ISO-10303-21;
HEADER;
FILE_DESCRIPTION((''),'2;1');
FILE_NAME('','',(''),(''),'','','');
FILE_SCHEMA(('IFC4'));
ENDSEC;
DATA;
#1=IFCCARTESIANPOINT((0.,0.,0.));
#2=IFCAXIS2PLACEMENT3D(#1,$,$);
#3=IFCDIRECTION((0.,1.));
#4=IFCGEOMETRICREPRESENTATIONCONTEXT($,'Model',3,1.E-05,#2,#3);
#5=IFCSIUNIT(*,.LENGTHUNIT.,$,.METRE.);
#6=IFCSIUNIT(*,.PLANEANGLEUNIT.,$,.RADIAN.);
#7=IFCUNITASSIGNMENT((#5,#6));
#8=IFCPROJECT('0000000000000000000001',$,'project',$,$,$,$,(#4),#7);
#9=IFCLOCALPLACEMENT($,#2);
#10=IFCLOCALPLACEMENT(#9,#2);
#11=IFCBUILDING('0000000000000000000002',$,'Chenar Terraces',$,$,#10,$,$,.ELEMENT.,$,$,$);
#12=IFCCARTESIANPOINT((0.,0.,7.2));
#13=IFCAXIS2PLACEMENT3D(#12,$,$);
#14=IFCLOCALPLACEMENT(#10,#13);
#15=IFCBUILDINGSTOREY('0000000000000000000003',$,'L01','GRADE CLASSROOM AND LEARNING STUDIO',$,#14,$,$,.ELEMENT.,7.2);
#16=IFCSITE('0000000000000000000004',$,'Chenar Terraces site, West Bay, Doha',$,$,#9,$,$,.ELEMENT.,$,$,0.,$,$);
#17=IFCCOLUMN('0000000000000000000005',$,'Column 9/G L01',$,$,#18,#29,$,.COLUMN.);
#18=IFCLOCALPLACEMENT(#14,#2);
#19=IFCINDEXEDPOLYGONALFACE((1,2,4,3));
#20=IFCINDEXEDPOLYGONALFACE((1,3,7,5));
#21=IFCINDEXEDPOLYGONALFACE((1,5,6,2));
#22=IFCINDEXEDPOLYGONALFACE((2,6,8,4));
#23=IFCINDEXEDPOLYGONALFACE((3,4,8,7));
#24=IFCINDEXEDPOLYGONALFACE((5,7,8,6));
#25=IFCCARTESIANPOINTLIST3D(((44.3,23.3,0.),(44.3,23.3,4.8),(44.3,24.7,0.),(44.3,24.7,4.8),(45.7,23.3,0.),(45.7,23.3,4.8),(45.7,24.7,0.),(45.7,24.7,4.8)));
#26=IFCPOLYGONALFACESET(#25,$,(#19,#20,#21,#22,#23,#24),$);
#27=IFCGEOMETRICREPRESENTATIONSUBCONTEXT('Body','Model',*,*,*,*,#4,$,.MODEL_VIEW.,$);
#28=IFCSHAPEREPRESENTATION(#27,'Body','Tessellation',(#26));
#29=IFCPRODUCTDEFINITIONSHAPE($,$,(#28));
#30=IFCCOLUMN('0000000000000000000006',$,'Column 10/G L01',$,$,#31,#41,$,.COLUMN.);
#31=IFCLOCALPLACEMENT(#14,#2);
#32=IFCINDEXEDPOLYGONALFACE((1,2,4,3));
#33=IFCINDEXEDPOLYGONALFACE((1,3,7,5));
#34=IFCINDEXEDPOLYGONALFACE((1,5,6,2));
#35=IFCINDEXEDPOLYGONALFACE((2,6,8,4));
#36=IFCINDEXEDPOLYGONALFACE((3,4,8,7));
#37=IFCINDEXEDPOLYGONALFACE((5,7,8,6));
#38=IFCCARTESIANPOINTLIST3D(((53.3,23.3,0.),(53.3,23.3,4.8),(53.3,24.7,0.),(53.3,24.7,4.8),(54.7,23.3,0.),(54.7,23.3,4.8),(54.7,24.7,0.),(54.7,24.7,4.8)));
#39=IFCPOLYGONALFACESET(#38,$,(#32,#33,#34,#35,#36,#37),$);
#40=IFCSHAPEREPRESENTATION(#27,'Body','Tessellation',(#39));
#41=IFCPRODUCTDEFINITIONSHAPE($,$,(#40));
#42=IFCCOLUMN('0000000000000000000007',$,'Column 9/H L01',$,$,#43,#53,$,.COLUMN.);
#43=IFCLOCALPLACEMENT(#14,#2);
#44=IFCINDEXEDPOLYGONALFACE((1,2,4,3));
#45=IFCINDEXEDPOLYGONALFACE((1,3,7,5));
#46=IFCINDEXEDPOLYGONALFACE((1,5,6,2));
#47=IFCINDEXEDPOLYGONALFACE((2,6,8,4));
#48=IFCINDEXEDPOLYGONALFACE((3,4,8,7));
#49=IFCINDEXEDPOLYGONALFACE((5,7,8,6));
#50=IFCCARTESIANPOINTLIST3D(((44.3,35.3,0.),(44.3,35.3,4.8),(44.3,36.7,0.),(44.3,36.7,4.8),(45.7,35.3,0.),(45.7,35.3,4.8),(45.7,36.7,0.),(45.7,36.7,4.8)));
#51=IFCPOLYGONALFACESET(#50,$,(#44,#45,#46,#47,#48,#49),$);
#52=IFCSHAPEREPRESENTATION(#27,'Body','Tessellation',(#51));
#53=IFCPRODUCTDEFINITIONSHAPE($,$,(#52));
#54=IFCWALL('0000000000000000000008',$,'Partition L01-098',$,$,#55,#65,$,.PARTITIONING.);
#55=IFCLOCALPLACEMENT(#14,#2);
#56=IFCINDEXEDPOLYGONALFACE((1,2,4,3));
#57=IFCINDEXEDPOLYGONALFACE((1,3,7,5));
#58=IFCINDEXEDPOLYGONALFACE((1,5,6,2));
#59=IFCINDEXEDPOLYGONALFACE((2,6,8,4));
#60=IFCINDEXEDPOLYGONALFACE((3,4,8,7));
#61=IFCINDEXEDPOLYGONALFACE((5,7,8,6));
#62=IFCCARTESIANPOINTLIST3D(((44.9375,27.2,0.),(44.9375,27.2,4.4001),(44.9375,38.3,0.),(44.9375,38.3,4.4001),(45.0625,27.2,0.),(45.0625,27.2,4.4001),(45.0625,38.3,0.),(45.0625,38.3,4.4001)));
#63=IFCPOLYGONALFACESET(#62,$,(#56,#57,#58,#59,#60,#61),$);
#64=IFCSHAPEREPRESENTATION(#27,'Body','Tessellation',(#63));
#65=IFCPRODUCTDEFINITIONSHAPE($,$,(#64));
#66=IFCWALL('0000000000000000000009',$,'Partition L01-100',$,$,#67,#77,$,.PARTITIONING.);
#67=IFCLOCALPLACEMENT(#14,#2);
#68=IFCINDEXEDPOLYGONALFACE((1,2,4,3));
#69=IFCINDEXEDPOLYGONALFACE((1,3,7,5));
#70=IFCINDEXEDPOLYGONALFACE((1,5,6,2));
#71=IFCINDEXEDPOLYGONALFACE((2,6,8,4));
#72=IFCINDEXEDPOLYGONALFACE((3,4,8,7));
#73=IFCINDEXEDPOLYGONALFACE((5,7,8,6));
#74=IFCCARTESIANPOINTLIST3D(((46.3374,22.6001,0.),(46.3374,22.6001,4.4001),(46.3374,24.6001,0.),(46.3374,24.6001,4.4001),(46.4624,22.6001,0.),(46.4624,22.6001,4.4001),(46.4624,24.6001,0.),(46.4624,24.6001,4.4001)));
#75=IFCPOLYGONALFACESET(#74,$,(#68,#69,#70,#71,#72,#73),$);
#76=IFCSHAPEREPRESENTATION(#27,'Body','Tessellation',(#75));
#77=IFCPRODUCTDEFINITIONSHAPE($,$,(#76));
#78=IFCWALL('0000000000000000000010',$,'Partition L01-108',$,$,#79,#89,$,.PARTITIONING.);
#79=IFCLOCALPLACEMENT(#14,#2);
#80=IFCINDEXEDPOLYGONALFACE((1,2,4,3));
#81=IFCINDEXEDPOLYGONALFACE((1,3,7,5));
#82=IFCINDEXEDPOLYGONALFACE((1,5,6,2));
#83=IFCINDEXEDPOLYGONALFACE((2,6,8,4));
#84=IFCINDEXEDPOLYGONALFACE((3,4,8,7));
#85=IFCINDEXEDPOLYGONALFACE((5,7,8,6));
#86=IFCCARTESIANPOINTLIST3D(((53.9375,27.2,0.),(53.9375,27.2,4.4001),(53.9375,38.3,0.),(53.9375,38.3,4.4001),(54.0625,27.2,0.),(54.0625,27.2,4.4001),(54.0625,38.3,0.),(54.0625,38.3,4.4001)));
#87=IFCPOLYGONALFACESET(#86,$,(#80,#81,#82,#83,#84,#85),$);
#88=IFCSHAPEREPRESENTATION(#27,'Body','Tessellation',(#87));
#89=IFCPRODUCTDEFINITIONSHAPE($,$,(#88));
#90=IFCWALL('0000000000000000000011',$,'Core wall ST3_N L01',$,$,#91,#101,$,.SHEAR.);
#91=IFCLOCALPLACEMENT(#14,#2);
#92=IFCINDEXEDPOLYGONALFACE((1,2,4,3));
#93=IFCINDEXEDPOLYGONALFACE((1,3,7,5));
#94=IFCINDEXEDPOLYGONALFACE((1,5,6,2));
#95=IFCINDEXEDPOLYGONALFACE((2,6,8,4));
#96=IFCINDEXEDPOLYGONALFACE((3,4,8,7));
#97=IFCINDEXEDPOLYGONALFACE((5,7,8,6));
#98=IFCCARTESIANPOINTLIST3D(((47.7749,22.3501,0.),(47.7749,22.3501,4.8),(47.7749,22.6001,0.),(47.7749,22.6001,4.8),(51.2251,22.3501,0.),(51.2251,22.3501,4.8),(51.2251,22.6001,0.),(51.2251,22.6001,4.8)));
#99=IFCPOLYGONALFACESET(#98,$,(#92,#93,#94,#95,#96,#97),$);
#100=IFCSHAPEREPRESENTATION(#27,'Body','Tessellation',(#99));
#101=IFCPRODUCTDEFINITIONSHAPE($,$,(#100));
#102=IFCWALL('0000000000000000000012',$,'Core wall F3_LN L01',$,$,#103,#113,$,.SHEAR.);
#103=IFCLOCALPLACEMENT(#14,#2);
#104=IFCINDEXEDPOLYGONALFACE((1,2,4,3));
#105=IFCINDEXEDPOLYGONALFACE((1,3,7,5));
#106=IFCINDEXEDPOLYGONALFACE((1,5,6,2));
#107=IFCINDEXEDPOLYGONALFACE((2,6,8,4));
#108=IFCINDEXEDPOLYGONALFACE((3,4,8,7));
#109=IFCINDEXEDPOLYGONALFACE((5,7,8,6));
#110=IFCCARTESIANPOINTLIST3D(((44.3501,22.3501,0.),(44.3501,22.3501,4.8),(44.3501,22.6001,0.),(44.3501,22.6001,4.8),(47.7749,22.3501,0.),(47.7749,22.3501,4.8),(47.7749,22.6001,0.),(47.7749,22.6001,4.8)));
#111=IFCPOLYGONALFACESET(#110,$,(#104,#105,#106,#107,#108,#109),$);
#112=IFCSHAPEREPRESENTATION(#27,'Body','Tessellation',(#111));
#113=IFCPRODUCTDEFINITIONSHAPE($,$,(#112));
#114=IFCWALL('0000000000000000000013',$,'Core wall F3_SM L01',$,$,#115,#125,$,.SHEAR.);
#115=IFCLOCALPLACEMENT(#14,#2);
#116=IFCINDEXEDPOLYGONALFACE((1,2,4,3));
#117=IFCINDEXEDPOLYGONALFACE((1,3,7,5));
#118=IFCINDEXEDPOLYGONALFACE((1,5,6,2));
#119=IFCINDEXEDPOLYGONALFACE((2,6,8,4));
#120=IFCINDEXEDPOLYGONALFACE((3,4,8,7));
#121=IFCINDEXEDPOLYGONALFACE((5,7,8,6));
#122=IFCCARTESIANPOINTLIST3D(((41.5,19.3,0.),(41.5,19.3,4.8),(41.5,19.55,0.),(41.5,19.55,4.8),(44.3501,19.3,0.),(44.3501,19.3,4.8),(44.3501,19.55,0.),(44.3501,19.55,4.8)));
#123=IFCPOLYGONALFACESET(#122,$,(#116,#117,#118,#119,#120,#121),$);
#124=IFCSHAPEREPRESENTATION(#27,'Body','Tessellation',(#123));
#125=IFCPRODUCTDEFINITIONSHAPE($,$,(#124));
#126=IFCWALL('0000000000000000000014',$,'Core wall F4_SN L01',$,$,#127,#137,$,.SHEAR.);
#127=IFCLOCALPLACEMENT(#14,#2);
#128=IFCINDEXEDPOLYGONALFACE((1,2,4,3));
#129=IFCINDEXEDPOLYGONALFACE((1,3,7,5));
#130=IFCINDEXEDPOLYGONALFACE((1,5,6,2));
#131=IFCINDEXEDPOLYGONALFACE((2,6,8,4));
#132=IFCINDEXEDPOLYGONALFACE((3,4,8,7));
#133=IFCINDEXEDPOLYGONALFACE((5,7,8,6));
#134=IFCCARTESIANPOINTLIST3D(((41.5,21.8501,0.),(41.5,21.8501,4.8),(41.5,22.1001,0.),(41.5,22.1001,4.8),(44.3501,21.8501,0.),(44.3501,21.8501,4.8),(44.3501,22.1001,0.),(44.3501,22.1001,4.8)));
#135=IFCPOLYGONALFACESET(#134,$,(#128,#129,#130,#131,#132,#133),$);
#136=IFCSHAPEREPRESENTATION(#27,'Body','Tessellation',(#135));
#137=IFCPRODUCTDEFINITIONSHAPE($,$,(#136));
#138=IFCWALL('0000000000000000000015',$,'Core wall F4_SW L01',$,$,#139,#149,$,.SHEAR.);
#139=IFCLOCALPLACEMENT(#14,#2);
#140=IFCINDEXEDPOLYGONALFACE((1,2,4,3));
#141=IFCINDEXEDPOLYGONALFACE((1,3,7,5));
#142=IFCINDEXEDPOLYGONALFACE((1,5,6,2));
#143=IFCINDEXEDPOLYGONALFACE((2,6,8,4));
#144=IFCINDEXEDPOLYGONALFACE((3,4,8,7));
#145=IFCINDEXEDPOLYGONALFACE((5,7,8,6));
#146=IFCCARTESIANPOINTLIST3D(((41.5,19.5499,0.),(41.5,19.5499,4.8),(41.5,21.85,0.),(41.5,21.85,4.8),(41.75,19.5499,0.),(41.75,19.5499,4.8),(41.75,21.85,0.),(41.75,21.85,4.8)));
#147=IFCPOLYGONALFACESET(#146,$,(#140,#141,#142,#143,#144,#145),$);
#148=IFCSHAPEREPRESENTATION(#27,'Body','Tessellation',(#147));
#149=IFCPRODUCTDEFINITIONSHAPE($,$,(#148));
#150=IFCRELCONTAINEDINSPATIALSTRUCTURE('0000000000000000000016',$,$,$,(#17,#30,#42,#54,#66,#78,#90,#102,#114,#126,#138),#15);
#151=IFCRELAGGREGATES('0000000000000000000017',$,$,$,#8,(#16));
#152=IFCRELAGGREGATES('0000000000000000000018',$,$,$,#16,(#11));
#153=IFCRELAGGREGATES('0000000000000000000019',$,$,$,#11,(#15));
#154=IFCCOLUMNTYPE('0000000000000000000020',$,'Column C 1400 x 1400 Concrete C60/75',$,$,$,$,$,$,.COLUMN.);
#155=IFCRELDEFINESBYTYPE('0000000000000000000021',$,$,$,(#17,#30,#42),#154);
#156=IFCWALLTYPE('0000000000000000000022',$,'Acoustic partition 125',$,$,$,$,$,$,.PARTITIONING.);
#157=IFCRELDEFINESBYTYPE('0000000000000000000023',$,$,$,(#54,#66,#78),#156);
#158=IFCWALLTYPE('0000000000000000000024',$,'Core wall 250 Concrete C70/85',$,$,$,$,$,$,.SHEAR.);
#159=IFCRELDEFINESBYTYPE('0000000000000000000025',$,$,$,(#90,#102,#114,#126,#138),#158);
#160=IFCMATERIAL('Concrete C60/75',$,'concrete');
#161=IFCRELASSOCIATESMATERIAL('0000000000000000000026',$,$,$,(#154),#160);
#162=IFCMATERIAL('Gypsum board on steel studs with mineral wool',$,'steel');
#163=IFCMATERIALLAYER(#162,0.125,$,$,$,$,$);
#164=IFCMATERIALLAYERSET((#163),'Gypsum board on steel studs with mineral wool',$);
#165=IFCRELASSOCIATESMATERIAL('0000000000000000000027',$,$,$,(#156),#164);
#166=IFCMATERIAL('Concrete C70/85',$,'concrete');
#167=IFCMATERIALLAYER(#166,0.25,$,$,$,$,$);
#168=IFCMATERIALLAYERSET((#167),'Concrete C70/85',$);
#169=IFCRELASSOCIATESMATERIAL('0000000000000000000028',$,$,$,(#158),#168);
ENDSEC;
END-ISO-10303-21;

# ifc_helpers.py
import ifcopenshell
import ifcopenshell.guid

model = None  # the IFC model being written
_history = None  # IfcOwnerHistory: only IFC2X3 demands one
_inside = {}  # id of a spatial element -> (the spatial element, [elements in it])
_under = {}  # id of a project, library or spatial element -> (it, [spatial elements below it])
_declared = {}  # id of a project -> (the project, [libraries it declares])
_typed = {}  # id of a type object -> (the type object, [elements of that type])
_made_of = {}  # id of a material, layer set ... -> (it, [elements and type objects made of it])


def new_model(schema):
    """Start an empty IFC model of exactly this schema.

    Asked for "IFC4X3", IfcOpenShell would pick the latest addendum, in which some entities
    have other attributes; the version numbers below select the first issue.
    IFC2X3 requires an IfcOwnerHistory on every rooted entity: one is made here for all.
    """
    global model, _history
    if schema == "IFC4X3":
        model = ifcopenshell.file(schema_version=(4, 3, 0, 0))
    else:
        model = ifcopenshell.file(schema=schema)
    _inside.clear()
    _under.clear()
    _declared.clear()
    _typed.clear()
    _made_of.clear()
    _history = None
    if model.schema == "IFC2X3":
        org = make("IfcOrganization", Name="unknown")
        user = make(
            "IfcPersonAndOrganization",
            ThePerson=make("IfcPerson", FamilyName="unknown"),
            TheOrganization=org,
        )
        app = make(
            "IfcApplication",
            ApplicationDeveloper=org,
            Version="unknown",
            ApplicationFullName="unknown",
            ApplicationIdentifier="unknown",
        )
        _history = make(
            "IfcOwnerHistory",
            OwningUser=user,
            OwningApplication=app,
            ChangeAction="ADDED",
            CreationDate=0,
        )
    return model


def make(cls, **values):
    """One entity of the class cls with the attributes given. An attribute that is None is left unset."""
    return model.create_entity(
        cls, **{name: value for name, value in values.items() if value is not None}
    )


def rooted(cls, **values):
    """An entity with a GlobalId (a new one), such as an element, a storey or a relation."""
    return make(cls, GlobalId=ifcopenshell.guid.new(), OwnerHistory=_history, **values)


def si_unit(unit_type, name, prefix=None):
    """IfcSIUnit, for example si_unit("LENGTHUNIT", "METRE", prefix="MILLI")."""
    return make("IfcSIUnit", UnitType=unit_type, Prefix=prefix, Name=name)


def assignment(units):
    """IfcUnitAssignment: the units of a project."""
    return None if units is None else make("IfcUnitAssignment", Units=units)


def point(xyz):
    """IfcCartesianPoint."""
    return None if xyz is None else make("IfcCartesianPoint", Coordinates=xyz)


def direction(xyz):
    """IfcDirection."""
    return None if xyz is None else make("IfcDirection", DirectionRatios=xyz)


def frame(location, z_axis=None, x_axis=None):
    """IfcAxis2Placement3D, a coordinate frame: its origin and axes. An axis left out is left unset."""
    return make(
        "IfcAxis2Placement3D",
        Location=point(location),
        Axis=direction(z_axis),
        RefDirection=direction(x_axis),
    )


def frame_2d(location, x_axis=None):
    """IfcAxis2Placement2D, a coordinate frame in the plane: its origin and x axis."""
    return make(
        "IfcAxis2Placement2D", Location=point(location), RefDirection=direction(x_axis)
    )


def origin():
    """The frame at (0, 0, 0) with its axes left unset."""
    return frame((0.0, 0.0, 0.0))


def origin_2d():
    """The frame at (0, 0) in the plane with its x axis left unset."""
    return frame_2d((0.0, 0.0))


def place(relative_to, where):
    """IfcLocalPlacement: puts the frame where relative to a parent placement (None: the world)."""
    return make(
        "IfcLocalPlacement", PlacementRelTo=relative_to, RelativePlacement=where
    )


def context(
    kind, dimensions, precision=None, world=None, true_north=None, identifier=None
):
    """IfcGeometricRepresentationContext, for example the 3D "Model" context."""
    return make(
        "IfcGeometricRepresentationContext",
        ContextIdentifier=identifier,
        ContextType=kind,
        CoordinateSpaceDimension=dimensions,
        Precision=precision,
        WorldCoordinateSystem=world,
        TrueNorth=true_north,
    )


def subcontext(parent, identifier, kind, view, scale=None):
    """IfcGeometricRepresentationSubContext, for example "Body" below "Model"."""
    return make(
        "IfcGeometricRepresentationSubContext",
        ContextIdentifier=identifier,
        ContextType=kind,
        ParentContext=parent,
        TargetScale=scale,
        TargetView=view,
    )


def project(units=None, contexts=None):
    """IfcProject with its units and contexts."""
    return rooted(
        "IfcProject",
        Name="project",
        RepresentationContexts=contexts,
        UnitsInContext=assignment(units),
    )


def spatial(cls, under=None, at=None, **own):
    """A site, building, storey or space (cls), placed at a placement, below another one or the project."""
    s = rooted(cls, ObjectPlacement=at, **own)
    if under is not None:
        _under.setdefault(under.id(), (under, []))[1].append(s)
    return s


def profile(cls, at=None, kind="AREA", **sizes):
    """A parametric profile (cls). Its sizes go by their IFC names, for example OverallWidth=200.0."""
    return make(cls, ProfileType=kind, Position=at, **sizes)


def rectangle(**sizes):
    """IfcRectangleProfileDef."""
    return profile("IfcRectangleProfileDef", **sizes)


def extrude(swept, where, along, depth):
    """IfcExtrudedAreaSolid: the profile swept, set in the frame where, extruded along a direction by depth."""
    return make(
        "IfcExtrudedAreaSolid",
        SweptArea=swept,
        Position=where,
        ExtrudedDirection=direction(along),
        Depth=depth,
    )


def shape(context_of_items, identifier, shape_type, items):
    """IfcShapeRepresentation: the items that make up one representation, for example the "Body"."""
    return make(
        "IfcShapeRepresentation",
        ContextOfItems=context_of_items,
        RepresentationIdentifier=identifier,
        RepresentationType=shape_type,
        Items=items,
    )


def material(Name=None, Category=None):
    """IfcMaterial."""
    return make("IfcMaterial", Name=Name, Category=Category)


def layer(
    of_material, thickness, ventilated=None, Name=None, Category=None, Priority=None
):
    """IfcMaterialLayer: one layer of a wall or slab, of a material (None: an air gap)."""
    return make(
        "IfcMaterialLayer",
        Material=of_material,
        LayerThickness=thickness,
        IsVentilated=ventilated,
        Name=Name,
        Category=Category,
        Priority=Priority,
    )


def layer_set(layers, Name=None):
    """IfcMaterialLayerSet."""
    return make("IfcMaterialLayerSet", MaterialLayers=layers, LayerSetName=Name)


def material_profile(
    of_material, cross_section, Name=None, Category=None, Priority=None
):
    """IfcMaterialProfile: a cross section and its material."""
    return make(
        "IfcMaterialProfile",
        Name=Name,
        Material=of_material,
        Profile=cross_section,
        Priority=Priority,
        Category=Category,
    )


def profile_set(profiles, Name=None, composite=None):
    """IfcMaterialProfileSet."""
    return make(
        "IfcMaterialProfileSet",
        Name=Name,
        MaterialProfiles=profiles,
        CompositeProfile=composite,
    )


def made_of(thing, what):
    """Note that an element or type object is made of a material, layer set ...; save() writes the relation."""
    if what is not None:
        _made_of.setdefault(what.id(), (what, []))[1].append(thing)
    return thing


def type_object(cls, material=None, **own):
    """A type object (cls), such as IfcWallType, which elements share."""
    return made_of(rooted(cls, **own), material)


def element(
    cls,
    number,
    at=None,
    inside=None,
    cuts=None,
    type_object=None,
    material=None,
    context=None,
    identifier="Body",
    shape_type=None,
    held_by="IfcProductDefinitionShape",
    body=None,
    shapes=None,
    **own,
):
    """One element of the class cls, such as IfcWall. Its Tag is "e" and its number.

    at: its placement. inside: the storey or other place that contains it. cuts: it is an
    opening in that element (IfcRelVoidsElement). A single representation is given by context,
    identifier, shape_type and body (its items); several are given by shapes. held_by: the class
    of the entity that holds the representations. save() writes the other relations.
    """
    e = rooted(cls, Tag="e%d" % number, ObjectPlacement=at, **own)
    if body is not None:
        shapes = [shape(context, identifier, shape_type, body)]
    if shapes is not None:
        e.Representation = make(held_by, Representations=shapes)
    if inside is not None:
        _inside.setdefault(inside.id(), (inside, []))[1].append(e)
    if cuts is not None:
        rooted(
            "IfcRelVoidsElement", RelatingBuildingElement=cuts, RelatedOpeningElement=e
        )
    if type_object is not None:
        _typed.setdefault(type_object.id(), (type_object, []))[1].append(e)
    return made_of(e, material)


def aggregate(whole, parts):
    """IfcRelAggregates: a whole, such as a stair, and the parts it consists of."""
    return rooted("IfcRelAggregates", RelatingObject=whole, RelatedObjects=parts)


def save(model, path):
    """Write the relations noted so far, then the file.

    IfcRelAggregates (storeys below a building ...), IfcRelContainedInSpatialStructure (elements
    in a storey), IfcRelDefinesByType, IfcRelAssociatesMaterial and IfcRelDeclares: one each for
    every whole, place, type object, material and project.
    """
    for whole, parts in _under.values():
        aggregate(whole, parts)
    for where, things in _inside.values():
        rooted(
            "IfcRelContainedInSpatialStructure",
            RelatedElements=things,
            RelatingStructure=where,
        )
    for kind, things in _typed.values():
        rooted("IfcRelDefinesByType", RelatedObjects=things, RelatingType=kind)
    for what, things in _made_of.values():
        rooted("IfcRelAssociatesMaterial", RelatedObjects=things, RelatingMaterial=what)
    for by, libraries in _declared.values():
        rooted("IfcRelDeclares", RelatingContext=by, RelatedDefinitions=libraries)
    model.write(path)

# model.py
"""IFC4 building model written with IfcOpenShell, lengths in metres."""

from ifc_helpers import new_model, si_unit, direction, frame, frame_2d, origin, origin_2d, place, context, subcontext, project, spatial, rectangle, extrude, material, layer, layer_set, material_profile, profile_set, type_object, element, save


model = new_model("IFC4")

# Units and contexts
model_context = context("Model", 3, precision=1e-05, world=origin(), true_north=direction((0.0, 1.0)))
body_context = subcontext(model_context, "Body", "Model", "MODEL_VIEW")
ifc_project = project(units=[si_unit("LENGTHUNIT", "METRE"), si_unit("PLANEANGLEUNIT", "RADIAN")], contexts=[model_context])

# Site, building, storey
site_placement = place(None, origin())
site = spatial("IfcSite", under=ifc_project, at=site_placement, Name="Chenar Terraces site, West Bay, Doha", CompositionType="ELEMENT", RefElevation=0.0)
building_placement = place(site_placement, origin())
building = spatial("IfcBuilding", under=site, at=building_placement, Name="Chenar Terraces", CompositionType="ELEMENT")
storey_placement = place(building_placement, frame((0.0, 0.0, 7.2)))
storey = spatial("IfcBuildingStorey", under=building, at=storey_placement, Name="L01", Description="GRADE CLASSROOM AND LEARNING STUDIO", CompositionType="ELEMENT", Elevation=7.2)

# Columns
ifc_material_1 = material(Name="Concrete C60/75", Category="concrete")
ifc_material_profile = material_profile(ifc_material_1, rectangle(XDim=1.3999, YDim=1.3999, at=origin_2d()), Name="C 1400 x 1400")
ifc_profile_set = profile_set([ifc_material_profile], Name="Concrete C60/75")
column_type = type_object("IfcColumnType", Name="Column C 1400 x 1400 Concrete C60/75", PredefinedType="COLUMN", material=ifc_profile_set)
for number, where, z_axis, x_axis, name in (
    (1, (45.0, 24.0, 0.0), (0.0, 0.0, 1.0), (1.0, 0.0, 0.0), "Column 9/G L01"),
    (2, (54.0, 24.0, 0.0), (0.0, 0.0, 1.0), (1.0, 0.0, 0.0), "Column 10/G L01"),
    (3, (45.0, 36.0, 0.0), (0.0, 0.0, 1.0), (1.0, 0.0, 0.0), "Column 9/H L01"),
):
    element("IfcColumn", number, at=place(storey_placement, frame(where, z_axis=z_axis, x_axis=x_axis)), inside=storey, type_object=column_type, Name=name, PredefinedType="COLUMN", context=body_context, shape_type="SweptSolid", body=[
        extrude(rectangle(XDim=1.3999, YDim=1.3999, at=origin_2d()), origin(), (0.0, 0.0, 1.0), 4.8),
    ])

# Walls
ifc_material_2 = material(Name="Gypsum board on steel studs with mineral wool", Category="steel")
ifc_layer_1 = layer(ifc_material_2, 0.125)
ifc_layer_set_1 = layer_set([ifc_layer_1], Name="Gypsum board on steel studs with mineral wool")
wall_type_1 = type_object("IfcWallType", Name="Acoustic partition 125", PredefinedType="PARTITIONING", material=ifc_layer_set_1)
wall_1_placement = place(storey_placement, frame((45.0, 27.2, 0.0), z_axis=(0.0, 0.0, 1.0), x_axis=(0.0, 1.0, 0.0)))
element("IfcWall", 4, at=wall_1_placement, inside=storey, type_object=wall_type_1, Name="Partition L01-098", PredefinedType="PARTITIONING", context=body_context, shape_type="SweptSolid", body=[
    extrude(rectangle(XDim=11.1001, YDim=0.125, at=frame_2d((5.55, 0.0))), origin(), (0.0, 0.0, 1.0), 4.4001),
])
wall_2_placement = place(storey_placement, frame((46.3999, 22.6001, 0.0), z_axis=(0.0, 0.0, 1.0), x_axis=(0.0, 1.0, 0.0)))
element("IfcWall", 5, at=wall_2_placement, inside=storey, type_object=wall_type_1, Name="Partition L01-100", PredefinedType="PARTITIONING", context=body_context, shape_type="SweptSolid", body=[
    extrude(rectangle(XDim=2.0, YDim=0.125, at=frame_2d((1.0, 0.0))), origin(), (0.0, 0.0, 1.0), 4.4001),
])
wall_3_placement = place(storey_placement, frame((54.0, 27.2, 0.0), z_axis=(0.0, 0.0, 1.0), x_axis=(0.0, 1.0, 0.0)))
element("IfcWall", 6, at=wall_3_placement, inside=storey, type_object=wall_type_1, Name="Partition L01-108", PredefinedType="PARTITIONING", context=body_context, shape_type="SweptSolid", body=[
    extrude(rectangle(XDim=11.1001, YDim=0.125, at=frame_2d((5.55, 0.0))), origin(), (0.0, 0.0, 1.0), 4.4001),
])
ifc_material_3 = material(Name="Concrete C70/85", Category="concrete")
ifc_layer_2 = layer(ifc_material_3, 0.25)
ifc_layer_set_2 = layer_set([ifc_layer_2], Name="Concrete C70/85")
wall_type_2 = type_object("IfcWallType", Name="Core wall 250 Concrete C70/85", PredefinedType="SHEAR", material=ifc_layer_set_2)
wall_4_placement = place(storey_placement, frame((47.7749, 22.4751, 0.0), z_axis=(0.0, 0.0, 1.0), x_axis=(1.0, 0.0, 0.0)))
element("IfcWall", 7, at=wall_4_placement, inside=storey, type_object=wall_type_2, Name="Core wall ST3_N L01", PredefinedType="SHEAR", context=body_context, shape_type="SweptSolid", body=[
    extrude(rectangle(XDim=3.4502, YDim=0.25, at=frame_2d((1.7251, 0.0))), origin(), (0.0, 0.0, 1.0), 4.8),
])
wall_5_placement = place(storey_placement, frame((44.3501, 22.4751, 0.0), z_axis=(0.0, 0.0, 1.0), x_axis=(1.0, 0.0, 0.0)))
element("IfcWall", 8, at=wall_5_placement, inside=storey, type_object=wall_type_2, Name="Core wall F3_LN L01", PredefinedType="SHEAR", context=body_context, shape_type="SweptSolid", body=[
    extrude(rectangle(XDim=3.4248, YDim=0.25, at=frame_2d((1.7124, 0.0))), origin(), (0.0, 0.0, 1.0), 4.8),
])
for number, where, z_axis, x_axis, name in (
    (9, (41.5, 19.425, 0.0), (0.0, 0.0, 1.0), (1.0, 0.0, 0.0), "Core wall F3_SM L01"),
    (10, (41.5, 21.9751, 0.0), (0.0, 0.0, 1.0), (1.0, 0.0, 0.0), "Core wall F4_SN L01"),
):
    element("IfcWall", number, at=place(storey_placement, frame(where, z_axis=z_axis, x_axis=x_axis)), inside=storey, type_object=wall_type_2, Name=name, PredefinedType="SHEAR", context=body_context, shape_type="SweptSolid", body=[
        extrude(rectangle(XDim=2.8501, YDim=0.25, at=frame_2d((1.425, 0.0))), origin(), (0.0, 0.0, 1.0), 4.8),
    ])
wall_6_placement = place(storey_placement, frame((41.625, 19.55, 0.0), z_axis=(0.0, 0.0, 1.0), x_axis=(0.0, 1.0, 0.0)))
element("IfcWall", 11, at=wall_6_placement, inside=storey, type_object=wall_type_2, Name="Core wall F4_SW L01", PredefinedType="SHEAR", context=body_context, shape_type="SweptSolid", body=[
    extrude(rectangle(XDim=2.3, YDim=0.25, at=frame_2d((1.1499, 0.0))), origin(), (0.0, 0.0, 1.0), 4.8),
])

save(model, "model.ifc")
